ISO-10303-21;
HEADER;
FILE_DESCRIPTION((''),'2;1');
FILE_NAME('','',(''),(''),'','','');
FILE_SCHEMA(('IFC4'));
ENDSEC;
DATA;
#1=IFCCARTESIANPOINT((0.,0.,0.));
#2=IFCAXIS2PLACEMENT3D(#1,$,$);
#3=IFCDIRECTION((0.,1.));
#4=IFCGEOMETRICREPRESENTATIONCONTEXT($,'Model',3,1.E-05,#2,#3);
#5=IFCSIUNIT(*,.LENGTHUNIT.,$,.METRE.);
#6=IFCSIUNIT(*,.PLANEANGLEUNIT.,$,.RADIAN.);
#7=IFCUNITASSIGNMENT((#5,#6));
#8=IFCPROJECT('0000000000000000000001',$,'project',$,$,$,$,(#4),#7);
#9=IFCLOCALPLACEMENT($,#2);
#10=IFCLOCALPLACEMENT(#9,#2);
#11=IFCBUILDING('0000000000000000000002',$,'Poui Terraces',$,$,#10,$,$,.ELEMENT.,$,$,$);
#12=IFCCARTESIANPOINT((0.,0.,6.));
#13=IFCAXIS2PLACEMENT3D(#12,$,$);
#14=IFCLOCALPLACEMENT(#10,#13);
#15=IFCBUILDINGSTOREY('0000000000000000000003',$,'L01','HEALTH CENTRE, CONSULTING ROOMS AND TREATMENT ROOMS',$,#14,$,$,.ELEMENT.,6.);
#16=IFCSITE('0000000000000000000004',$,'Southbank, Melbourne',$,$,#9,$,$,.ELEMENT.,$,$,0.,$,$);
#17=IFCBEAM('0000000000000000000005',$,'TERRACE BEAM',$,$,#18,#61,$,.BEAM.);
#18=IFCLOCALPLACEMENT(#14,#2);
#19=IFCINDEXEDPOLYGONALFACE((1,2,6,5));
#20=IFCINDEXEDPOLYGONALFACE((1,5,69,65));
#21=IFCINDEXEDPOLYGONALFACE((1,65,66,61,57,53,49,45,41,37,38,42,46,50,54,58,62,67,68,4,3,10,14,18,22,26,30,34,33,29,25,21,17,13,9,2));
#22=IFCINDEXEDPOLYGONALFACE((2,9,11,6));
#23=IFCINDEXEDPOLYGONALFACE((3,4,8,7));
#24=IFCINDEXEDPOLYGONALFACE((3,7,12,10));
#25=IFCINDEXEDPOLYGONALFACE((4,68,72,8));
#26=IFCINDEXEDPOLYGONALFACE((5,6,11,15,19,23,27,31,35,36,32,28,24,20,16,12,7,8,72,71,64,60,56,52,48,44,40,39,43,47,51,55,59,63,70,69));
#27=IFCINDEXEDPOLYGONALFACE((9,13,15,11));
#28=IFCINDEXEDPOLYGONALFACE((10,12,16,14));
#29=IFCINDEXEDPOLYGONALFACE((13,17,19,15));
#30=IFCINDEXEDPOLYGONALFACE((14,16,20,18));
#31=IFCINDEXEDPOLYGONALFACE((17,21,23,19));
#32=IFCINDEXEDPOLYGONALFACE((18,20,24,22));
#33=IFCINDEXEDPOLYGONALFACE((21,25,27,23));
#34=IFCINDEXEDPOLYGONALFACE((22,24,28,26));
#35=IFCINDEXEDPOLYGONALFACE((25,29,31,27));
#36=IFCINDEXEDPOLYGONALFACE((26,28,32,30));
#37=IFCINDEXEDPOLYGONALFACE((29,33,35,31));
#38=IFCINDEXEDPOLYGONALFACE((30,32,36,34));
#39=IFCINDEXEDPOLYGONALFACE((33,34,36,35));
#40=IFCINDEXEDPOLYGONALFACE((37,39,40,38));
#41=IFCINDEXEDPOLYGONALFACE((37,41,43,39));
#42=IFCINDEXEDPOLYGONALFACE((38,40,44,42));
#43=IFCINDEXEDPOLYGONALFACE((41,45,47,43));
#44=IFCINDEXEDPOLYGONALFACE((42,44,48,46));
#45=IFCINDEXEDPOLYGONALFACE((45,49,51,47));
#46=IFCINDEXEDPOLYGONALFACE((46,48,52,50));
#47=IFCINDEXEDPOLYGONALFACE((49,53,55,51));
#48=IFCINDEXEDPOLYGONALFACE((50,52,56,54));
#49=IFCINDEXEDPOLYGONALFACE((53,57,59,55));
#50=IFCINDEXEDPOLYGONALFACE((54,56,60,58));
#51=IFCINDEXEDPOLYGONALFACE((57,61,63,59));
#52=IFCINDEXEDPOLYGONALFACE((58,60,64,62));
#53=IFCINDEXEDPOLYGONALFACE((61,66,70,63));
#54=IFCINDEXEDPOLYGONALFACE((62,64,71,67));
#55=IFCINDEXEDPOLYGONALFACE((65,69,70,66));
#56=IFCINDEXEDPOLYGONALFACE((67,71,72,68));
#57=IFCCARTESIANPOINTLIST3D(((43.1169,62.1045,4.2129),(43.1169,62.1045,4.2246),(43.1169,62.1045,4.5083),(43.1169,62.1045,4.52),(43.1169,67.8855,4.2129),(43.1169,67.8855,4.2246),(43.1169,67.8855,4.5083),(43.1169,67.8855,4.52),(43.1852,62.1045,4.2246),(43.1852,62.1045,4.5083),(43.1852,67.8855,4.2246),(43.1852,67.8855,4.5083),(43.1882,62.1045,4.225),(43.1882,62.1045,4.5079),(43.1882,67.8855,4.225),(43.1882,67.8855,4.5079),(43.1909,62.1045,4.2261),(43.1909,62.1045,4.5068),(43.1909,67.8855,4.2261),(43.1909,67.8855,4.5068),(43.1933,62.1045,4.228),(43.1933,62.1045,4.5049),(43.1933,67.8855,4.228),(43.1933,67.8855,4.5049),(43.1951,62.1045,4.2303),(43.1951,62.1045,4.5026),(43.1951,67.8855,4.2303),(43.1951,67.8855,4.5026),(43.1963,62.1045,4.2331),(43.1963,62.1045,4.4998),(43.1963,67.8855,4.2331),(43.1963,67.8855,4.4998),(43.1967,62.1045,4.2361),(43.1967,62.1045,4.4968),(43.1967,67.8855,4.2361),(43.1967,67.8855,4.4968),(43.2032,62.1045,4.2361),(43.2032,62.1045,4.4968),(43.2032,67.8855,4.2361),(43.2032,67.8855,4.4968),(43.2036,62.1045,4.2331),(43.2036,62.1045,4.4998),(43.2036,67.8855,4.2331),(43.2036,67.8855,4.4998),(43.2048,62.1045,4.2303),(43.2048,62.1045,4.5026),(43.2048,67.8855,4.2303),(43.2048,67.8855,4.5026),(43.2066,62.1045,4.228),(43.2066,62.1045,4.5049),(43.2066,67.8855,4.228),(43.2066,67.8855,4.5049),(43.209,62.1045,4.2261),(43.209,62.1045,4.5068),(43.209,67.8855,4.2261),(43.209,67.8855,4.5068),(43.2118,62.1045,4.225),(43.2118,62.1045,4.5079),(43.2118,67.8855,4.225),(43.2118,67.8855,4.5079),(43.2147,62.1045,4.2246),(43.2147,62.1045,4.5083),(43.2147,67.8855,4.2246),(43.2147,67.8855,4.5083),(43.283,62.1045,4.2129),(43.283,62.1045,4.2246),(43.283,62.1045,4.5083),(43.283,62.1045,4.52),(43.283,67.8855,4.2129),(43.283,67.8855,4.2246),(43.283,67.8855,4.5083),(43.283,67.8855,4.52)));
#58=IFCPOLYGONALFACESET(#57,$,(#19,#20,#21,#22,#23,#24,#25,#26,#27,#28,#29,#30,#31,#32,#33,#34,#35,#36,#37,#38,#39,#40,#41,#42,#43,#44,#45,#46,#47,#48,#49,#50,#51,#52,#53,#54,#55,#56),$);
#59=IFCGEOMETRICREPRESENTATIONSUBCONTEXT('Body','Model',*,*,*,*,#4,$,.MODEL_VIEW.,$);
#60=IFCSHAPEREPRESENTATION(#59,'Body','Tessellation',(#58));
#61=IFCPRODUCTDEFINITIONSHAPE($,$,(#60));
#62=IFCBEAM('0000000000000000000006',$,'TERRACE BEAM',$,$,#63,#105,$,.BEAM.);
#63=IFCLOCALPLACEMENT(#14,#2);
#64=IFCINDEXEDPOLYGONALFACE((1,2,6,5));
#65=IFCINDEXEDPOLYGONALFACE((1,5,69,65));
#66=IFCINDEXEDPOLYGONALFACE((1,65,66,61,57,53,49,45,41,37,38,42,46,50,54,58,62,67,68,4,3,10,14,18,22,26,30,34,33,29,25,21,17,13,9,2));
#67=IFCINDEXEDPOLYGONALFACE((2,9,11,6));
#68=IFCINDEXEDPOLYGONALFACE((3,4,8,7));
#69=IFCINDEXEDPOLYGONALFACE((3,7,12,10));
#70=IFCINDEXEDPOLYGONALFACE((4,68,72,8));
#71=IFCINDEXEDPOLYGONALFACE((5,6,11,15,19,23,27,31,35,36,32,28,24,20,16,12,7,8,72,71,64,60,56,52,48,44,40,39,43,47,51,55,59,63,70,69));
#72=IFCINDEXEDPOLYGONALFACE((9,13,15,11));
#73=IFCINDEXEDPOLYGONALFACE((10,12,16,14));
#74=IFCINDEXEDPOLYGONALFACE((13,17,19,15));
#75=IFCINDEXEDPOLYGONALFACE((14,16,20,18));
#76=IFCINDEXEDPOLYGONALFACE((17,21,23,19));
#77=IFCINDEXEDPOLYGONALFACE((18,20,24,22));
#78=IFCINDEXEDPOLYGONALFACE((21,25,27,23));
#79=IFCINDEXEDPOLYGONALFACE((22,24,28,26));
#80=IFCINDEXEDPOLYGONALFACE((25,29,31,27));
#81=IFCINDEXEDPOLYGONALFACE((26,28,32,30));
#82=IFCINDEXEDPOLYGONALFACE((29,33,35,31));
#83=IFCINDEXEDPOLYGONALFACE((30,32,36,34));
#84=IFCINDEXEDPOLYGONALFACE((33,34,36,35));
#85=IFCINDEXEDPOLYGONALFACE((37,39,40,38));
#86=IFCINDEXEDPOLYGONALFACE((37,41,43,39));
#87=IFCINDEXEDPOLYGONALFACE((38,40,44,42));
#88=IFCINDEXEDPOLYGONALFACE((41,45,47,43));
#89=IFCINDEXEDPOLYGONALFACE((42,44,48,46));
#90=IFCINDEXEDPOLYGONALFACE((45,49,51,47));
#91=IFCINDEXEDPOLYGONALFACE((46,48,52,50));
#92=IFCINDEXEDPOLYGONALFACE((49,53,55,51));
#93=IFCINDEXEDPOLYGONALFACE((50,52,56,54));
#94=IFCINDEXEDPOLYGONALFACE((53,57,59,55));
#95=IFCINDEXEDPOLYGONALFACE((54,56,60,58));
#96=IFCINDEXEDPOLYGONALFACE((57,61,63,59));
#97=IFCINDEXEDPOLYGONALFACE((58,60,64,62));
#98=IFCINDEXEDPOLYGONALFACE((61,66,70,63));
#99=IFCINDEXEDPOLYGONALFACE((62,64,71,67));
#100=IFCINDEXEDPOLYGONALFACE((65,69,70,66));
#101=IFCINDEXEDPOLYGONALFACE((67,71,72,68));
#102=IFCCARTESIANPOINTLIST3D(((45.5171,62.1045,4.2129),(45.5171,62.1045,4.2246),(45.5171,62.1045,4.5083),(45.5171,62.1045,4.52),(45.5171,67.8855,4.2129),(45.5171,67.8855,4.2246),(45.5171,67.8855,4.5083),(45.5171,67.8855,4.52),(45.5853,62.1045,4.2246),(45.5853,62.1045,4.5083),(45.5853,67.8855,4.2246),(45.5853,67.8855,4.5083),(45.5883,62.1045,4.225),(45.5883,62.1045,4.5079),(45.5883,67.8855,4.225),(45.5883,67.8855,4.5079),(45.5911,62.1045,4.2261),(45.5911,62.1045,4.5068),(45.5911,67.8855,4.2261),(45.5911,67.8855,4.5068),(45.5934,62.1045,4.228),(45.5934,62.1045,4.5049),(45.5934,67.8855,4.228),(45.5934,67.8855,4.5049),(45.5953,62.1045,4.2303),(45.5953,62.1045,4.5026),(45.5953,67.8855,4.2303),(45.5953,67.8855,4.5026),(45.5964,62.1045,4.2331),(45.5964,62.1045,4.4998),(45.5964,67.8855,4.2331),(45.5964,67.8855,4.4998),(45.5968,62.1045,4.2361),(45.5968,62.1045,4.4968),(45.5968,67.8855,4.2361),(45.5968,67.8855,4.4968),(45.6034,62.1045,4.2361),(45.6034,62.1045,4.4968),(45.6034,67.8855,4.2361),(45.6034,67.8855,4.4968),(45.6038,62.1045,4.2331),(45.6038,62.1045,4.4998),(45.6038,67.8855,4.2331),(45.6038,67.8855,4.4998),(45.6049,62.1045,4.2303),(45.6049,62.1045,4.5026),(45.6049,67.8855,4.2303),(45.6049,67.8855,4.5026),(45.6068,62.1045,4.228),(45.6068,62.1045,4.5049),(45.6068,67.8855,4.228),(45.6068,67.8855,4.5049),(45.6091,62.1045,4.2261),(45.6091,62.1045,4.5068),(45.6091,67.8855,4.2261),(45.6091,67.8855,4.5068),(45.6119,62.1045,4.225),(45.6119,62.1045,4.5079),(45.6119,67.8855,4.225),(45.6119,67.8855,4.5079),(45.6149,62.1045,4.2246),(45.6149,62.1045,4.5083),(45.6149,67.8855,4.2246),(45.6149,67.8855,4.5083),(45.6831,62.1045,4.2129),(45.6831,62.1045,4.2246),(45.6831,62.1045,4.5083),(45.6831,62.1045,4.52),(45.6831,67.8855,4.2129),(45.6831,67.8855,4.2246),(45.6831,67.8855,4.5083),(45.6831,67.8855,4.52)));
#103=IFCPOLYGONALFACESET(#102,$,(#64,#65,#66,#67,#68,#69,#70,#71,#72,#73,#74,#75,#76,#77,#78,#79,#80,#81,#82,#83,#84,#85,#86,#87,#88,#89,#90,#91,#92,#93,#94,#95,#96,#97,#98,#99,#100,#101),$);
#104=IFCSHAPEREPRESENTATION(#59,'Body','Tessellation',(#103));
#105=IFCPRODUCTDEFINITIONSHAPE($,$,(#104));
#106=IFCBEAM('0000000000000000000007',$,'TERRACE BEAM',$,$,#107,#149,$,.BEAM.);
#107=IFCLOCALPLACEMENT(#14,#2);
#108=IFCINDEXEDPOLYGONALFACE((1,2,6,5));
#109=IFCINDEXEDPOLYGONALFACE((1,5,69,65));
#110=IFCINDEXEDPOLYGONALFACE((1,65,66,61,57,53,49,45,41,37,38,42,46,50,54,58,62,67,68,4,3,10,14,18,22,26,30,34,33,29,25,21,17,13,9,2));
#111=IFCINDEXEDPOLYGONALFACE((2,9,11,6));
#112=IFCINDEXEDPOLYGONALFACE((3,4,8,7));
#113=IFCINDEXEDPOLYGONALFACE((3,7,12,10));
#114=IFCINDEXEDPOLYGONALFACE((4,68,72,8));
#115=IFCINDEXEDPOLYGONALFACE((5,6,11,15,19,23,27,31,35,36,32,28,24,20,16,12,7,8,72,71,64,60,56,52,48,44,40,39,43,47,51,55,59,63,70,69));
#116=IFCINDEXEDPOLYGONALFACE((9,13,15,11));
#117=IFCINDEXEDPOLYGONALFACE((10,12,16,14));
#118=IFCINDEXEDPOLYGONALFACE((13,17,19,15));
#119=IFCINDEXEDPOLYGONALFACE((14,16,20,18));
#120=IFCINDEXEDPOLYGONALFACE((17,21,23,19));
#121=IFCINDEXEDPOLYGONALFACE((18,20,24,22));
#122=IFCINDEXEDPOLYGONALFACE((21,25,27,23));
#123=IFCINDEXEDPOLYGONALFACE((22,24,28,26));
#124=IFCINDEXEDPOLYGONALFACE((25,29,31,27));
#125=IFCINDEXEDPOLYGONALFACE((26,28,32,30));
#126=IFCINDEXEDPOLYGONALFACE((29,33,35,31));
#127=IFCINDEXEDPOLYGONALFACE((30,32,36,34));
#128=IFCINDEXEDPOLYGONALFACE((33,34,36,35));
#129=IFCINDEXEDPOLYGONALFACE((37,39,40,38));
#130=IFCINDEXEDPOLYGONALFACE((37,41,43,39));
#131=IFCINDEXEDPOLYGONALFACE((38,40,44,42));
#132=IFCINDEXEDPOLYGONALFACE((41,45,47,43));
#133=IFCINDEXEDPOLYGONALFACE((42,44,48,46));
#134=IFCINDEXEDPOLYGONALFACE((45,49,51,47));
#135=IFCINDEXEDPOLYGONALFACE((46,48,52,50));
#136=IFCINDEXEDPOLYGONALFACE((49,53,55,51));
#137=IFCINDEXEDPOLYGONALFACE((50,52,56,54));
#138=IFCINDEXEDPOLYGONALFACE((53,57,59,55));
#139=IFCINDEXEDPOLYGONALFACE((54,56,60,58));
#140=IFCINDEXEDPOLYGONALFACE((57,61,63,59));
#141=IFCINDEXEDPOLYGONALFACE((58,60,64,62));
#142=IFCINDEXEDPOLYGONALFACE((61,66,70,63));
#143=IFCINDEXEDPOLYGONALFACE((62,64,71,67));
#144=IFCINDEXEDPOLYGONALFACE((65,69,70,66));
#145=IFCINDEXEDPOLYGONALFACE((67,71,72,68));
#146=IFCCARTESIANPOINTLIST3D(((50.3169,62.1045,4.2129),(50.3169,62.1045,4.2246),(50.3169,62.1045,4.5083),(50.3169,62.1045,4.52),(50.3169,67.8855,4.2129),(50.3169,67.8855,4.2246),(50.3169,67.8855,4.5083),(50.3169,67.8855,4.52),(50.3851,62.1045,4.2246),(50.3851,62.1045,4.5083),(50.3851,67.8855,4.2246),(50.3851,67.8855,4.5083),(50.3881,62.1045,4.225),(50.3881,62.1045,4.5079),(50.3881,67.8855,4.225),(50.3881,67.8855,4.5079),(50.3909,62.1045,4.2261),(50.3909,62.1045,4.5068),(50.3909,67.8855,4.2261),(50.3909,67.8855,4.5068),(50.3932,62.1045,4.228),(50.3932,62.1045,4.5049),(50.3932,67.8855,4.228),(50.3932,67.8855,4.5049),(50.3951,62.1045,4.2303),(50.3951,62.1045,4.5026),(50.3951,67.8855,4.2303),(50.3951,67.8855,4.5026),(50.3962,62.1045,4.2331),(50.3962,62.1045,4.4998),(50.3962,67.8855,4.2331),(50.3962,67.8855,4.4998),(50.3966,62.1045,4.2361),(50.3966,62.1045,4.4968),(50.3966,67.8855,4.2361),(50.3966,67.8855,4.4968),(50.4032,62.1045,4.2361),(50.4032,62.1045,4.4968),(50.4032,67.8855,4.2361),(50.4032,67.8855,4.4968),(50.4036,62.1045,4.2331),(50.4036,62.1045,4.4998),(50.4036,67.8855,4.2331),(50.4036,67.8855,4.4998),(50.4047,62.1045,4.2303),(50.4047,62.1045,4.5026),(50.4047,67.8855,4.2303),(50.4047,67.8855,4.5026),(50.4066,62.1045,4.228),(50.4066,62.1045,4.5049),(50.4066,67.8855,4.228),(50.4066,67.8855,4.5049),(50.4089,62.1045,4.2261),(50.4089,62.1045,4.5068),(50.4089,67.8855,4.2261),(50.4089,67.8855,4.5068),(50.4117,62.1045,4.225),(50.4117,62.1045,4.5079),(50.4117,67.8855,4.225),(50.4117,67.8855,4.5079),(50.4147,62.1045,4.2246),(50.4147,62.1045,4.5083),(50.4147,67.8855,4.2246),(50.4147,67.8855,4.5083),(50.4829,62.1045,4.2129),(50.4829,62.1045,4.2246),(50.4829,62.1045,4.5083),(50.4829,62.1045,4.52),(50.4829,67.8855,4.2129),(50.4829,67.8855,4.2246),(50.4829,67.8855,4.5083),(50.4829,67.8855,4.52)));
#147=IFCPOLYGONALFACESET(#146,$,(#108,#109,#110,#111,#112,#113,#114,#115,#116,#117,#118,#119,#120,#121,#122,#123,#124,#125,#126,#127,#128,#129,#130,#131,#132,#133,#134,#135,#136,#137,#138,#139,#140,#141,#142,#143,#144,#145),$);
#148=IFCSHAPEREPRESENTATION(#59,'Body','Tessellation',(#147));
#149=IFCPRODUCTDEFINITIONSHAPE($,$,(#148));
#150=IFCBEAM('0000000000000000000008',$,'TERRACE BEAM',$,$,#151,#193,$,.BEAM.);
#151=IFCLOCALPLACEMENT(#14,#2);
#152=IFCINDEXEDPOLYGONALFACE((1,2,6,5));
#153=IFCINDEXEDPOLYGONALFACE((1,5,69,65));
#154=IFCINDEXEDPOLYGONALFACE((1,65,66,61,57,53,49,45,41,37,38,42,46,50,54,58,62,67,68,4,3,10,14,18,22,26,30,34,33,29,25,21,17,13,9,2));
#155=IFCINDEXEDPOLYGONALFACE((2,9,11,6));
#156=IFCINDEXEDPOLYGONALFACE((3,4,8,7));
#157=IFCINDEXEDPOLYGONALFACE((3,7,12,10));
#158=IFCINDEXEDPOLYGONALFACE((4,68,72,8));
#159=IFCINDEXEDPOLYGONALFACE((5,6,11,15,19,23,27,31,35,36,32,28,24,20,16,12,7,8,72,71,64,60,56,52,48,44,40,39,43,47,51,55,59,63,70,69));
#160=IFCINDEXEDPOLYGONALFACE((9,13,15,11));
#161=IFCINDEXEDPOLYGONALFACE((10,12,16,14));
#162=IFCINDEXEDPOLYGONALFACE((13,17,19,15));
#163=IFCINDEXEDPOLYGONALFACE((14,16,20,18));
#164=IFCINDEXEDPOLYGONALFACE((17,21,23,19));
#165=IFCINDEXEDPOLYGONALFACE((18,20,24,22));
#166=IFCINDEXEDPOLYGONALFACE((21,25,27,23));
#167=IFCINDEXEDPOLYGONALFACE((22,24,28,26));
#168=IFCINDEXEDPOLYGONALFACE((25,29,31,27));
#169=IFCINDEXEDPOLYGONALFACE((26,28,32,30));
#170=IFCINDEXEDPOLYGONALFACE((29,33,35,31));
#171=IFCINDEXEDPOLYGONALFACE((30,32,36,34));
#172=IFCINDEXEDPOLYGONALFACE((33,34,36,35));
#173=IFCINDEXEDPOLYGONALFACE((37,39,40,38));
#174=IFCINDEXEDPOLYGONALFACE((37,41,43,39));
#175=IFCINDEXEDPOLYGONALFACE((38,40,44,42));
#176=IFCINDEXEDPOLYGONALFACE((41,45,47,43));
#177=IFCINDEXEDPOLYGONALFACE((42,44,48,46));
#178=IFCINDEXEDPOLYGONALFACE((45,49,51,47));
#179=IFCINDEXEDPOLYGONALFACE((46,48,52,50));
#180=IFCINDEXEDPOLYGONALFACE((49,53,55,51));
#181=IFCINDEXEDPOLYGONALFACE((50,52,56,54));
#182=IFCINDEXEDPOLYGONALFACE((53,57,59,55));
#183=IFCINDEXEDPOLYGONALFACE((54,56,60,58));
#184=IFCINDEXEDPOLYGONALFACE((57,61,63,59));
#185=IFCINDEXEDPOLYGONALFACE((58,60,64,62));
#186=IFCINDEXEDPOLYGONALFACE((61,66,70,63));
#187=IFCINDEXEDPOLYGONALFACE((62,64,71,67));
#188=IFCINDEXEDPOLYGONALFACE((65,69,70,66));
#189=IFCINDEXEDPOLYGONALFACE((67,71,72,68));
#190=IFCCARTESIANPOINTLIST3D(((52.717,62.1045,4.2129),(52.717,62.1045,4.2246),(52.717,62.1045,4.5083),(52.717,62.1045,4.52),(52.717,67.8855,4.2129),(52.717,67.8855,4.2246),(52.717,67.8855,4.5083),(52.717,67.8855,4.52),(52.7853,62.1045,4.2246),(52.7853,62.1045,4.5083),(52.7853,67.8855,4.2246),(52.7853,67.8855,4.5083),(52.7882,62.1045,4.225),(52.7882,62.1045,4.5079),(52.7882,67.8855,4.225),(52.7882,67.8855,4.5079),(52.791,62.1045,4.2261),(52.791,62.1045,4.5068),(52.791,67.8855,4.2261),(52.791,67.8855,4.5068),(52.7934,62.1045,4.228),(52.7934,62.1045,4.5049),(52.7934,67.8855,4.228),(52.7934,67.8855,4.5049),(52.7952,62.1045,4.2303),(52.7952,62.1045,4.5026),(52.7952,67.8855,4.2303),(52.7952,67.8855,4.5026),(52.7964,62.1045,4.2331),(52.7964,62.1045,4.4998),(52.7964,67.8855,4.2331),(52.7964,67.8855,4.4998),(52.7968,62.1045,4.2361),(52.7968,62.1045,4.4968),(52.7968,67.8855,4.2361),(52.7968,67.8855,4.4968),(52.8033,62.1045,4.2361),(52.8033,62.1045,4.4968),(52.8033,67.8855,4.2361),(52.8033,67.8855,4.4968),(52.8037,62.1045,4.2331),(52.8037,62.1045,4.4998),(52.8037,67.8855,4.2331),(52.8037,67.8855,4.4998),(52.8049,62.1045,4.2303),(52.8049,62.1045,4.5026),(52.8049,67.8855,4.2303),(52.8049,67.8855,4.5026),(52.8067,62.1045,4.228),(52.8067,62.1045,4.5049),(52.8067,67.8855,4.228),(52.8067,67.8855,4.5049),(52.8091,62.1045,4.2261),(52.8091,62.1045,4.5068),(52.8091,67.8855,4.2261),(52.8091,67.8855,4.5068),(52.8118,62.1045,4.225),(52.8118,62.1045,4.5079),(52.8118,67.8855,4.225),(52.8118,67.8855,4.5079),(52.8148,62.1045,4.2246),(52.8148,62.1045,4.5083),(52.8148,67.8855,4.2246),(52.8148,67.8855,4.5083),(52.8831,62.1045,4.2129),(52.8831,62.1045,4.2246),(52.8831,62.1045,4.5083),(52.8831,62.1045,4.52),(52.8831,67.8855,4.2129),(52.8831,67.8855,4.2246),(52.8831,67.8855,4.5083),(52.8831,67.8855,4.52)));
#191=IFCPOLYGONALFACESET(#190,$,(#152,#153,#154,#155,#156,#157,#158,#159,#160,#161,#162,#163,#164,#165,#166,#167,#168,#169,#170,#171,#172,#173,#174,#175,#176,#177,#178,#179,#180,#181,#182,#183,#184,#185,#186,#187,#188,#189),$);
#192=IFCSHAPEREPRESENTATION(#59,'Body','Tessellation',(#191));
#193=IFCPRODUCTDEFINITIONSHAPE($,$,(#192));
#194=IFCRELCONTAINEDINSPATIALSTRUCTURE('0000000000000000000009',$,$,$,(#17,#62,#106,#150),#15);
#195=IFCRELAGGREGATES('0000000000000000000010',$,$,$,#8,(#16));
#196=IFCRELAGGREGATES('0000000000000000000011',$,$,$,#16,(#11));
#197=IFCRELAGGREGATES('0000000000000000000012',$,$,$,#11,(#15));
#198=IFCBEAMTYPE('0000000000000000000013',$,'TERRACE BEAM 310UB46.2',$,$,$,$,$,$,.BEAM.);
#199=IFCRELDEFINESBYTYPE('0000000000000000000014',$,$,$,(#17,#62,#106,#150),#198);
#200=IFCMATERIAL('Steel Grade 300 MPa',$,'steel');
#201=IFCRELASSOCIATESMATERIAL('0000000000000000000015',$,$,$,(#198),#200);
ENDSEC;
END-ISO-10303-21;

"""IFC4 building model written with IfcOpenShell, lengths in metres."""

from ifc_helpers import new_model, si_unit, direction, frame, origin, origin_2d, place, context, subcontext, project, spatial, i_section, extrude, source, transform, mapped, material, material_profile, profile_set, type_object, element, save


model = new_model("IFC4")

# Units and contexts
model_context = context("Model", 3, precision=1e-05, world=origin(), true_north=direction((0.0, 1.0)))
body_context = subcontext(model_context, "Body", "Model", "MODEL_VIEW")
ifc_project = project(units=[si_unit("LENGTHUNIT", "METRE"), si_unit("PLANEANGLEUNIT", "RADIAN")], contexts=[model_context])

# Site, building, storey
site_placement = place(None, origin())
site = spatial("IfcSite", under=ifc_project, at=site_placement, Name="Southbank, Melbourne", CompositionType="ELEMENT", RefElevation=0.0)
building_placement = place(site_placement, origin())
building = spatial("IfcBuilding", under=site, at=building_placement, Name="Poui Terraces", CompositionType="ELEMENT")
storey_placement = place(building_placement, frame((0.0, 0.0, 6.0)))
storey = spatial("IfcBuildingStorey", under=building, at=storey_placement, Name="L01", Description="HEALTH CENTRE, CONSULTING ROOMS AND TREATMENT ROOMS", CompositionType="ELEMENT", Elevation=6.0)

# Beams
ifc_material_1 = material(Name="Steel Grade 300 MPa", Category="steel")
ifc_material_profile_1 = material_profile(ifc_material_1, i_section(OverallWidth=0.166, OverallDepth=0.3071, WebThickness=0.0066, FlangeThickness=0.0117, FilletRadius=0.0115, at=origin_2d()), Name="310UB46.2")
ifc_profile_set_1 = profile_set([ifc_material_profile_1], Name="Steel Grade 300 MPa")
beam_type_1 = type_object("IfcBeamType", Name="TERRACE BEAM 310UB46.2", PredefinedType="BEAM", material=ifc_profile_set_1)
shared_shape_1 = source(origin(), body_context, "Body", "SweptSolid", [
    extrude(i_section(OverallWidth=0.166, OverallDepth=0.3071, WebThickness=0.0066, FlangeThickness=0.0117, FilletRadius=0.0115, at=origin_2d()), origin(), (0.0, 0.0, 1.0), 5.781),
])
for number, where, z_axis, x_axis, name in (
    (1, (43.2, 62.1045, 4.3665), (0.0, 1.0, 0.0), (-1.0, 0.0, 0.0), "TERRACE BEAM"),
    (2, (45.6001, 62.1045, 4.3665), (0.0, 1.0, 0.0), (-1.0, 0.0, 0.0), "TERRACE BEAM"),
    (3, (50.3999, 62.1045, 4.3665), (0.0, 1.0, 0.0), (-1.0, 0.0, 0.0), "TERRACE BEAM"),
    (4, (52.8, 62.1045, 4.3665), (0.0, 1.0, 0.0), (-1.0, 0.0, 0.0), "TERRACE BEAM"),
):
    element("IfcBeam", number, at=place(storey_placement, frame(where, z_axis=z_axis, x_axis=x_axis)), inside=storey, type_object=beam_type_1, Name=name, PredefinedType="BEAM", context=body_context, shape_type="MappedRepresentation", body=[
        mapped(shared_shape_1, transform((0.0, 0.0, 0.0))),
    ])

save(model, "model.ifc")
